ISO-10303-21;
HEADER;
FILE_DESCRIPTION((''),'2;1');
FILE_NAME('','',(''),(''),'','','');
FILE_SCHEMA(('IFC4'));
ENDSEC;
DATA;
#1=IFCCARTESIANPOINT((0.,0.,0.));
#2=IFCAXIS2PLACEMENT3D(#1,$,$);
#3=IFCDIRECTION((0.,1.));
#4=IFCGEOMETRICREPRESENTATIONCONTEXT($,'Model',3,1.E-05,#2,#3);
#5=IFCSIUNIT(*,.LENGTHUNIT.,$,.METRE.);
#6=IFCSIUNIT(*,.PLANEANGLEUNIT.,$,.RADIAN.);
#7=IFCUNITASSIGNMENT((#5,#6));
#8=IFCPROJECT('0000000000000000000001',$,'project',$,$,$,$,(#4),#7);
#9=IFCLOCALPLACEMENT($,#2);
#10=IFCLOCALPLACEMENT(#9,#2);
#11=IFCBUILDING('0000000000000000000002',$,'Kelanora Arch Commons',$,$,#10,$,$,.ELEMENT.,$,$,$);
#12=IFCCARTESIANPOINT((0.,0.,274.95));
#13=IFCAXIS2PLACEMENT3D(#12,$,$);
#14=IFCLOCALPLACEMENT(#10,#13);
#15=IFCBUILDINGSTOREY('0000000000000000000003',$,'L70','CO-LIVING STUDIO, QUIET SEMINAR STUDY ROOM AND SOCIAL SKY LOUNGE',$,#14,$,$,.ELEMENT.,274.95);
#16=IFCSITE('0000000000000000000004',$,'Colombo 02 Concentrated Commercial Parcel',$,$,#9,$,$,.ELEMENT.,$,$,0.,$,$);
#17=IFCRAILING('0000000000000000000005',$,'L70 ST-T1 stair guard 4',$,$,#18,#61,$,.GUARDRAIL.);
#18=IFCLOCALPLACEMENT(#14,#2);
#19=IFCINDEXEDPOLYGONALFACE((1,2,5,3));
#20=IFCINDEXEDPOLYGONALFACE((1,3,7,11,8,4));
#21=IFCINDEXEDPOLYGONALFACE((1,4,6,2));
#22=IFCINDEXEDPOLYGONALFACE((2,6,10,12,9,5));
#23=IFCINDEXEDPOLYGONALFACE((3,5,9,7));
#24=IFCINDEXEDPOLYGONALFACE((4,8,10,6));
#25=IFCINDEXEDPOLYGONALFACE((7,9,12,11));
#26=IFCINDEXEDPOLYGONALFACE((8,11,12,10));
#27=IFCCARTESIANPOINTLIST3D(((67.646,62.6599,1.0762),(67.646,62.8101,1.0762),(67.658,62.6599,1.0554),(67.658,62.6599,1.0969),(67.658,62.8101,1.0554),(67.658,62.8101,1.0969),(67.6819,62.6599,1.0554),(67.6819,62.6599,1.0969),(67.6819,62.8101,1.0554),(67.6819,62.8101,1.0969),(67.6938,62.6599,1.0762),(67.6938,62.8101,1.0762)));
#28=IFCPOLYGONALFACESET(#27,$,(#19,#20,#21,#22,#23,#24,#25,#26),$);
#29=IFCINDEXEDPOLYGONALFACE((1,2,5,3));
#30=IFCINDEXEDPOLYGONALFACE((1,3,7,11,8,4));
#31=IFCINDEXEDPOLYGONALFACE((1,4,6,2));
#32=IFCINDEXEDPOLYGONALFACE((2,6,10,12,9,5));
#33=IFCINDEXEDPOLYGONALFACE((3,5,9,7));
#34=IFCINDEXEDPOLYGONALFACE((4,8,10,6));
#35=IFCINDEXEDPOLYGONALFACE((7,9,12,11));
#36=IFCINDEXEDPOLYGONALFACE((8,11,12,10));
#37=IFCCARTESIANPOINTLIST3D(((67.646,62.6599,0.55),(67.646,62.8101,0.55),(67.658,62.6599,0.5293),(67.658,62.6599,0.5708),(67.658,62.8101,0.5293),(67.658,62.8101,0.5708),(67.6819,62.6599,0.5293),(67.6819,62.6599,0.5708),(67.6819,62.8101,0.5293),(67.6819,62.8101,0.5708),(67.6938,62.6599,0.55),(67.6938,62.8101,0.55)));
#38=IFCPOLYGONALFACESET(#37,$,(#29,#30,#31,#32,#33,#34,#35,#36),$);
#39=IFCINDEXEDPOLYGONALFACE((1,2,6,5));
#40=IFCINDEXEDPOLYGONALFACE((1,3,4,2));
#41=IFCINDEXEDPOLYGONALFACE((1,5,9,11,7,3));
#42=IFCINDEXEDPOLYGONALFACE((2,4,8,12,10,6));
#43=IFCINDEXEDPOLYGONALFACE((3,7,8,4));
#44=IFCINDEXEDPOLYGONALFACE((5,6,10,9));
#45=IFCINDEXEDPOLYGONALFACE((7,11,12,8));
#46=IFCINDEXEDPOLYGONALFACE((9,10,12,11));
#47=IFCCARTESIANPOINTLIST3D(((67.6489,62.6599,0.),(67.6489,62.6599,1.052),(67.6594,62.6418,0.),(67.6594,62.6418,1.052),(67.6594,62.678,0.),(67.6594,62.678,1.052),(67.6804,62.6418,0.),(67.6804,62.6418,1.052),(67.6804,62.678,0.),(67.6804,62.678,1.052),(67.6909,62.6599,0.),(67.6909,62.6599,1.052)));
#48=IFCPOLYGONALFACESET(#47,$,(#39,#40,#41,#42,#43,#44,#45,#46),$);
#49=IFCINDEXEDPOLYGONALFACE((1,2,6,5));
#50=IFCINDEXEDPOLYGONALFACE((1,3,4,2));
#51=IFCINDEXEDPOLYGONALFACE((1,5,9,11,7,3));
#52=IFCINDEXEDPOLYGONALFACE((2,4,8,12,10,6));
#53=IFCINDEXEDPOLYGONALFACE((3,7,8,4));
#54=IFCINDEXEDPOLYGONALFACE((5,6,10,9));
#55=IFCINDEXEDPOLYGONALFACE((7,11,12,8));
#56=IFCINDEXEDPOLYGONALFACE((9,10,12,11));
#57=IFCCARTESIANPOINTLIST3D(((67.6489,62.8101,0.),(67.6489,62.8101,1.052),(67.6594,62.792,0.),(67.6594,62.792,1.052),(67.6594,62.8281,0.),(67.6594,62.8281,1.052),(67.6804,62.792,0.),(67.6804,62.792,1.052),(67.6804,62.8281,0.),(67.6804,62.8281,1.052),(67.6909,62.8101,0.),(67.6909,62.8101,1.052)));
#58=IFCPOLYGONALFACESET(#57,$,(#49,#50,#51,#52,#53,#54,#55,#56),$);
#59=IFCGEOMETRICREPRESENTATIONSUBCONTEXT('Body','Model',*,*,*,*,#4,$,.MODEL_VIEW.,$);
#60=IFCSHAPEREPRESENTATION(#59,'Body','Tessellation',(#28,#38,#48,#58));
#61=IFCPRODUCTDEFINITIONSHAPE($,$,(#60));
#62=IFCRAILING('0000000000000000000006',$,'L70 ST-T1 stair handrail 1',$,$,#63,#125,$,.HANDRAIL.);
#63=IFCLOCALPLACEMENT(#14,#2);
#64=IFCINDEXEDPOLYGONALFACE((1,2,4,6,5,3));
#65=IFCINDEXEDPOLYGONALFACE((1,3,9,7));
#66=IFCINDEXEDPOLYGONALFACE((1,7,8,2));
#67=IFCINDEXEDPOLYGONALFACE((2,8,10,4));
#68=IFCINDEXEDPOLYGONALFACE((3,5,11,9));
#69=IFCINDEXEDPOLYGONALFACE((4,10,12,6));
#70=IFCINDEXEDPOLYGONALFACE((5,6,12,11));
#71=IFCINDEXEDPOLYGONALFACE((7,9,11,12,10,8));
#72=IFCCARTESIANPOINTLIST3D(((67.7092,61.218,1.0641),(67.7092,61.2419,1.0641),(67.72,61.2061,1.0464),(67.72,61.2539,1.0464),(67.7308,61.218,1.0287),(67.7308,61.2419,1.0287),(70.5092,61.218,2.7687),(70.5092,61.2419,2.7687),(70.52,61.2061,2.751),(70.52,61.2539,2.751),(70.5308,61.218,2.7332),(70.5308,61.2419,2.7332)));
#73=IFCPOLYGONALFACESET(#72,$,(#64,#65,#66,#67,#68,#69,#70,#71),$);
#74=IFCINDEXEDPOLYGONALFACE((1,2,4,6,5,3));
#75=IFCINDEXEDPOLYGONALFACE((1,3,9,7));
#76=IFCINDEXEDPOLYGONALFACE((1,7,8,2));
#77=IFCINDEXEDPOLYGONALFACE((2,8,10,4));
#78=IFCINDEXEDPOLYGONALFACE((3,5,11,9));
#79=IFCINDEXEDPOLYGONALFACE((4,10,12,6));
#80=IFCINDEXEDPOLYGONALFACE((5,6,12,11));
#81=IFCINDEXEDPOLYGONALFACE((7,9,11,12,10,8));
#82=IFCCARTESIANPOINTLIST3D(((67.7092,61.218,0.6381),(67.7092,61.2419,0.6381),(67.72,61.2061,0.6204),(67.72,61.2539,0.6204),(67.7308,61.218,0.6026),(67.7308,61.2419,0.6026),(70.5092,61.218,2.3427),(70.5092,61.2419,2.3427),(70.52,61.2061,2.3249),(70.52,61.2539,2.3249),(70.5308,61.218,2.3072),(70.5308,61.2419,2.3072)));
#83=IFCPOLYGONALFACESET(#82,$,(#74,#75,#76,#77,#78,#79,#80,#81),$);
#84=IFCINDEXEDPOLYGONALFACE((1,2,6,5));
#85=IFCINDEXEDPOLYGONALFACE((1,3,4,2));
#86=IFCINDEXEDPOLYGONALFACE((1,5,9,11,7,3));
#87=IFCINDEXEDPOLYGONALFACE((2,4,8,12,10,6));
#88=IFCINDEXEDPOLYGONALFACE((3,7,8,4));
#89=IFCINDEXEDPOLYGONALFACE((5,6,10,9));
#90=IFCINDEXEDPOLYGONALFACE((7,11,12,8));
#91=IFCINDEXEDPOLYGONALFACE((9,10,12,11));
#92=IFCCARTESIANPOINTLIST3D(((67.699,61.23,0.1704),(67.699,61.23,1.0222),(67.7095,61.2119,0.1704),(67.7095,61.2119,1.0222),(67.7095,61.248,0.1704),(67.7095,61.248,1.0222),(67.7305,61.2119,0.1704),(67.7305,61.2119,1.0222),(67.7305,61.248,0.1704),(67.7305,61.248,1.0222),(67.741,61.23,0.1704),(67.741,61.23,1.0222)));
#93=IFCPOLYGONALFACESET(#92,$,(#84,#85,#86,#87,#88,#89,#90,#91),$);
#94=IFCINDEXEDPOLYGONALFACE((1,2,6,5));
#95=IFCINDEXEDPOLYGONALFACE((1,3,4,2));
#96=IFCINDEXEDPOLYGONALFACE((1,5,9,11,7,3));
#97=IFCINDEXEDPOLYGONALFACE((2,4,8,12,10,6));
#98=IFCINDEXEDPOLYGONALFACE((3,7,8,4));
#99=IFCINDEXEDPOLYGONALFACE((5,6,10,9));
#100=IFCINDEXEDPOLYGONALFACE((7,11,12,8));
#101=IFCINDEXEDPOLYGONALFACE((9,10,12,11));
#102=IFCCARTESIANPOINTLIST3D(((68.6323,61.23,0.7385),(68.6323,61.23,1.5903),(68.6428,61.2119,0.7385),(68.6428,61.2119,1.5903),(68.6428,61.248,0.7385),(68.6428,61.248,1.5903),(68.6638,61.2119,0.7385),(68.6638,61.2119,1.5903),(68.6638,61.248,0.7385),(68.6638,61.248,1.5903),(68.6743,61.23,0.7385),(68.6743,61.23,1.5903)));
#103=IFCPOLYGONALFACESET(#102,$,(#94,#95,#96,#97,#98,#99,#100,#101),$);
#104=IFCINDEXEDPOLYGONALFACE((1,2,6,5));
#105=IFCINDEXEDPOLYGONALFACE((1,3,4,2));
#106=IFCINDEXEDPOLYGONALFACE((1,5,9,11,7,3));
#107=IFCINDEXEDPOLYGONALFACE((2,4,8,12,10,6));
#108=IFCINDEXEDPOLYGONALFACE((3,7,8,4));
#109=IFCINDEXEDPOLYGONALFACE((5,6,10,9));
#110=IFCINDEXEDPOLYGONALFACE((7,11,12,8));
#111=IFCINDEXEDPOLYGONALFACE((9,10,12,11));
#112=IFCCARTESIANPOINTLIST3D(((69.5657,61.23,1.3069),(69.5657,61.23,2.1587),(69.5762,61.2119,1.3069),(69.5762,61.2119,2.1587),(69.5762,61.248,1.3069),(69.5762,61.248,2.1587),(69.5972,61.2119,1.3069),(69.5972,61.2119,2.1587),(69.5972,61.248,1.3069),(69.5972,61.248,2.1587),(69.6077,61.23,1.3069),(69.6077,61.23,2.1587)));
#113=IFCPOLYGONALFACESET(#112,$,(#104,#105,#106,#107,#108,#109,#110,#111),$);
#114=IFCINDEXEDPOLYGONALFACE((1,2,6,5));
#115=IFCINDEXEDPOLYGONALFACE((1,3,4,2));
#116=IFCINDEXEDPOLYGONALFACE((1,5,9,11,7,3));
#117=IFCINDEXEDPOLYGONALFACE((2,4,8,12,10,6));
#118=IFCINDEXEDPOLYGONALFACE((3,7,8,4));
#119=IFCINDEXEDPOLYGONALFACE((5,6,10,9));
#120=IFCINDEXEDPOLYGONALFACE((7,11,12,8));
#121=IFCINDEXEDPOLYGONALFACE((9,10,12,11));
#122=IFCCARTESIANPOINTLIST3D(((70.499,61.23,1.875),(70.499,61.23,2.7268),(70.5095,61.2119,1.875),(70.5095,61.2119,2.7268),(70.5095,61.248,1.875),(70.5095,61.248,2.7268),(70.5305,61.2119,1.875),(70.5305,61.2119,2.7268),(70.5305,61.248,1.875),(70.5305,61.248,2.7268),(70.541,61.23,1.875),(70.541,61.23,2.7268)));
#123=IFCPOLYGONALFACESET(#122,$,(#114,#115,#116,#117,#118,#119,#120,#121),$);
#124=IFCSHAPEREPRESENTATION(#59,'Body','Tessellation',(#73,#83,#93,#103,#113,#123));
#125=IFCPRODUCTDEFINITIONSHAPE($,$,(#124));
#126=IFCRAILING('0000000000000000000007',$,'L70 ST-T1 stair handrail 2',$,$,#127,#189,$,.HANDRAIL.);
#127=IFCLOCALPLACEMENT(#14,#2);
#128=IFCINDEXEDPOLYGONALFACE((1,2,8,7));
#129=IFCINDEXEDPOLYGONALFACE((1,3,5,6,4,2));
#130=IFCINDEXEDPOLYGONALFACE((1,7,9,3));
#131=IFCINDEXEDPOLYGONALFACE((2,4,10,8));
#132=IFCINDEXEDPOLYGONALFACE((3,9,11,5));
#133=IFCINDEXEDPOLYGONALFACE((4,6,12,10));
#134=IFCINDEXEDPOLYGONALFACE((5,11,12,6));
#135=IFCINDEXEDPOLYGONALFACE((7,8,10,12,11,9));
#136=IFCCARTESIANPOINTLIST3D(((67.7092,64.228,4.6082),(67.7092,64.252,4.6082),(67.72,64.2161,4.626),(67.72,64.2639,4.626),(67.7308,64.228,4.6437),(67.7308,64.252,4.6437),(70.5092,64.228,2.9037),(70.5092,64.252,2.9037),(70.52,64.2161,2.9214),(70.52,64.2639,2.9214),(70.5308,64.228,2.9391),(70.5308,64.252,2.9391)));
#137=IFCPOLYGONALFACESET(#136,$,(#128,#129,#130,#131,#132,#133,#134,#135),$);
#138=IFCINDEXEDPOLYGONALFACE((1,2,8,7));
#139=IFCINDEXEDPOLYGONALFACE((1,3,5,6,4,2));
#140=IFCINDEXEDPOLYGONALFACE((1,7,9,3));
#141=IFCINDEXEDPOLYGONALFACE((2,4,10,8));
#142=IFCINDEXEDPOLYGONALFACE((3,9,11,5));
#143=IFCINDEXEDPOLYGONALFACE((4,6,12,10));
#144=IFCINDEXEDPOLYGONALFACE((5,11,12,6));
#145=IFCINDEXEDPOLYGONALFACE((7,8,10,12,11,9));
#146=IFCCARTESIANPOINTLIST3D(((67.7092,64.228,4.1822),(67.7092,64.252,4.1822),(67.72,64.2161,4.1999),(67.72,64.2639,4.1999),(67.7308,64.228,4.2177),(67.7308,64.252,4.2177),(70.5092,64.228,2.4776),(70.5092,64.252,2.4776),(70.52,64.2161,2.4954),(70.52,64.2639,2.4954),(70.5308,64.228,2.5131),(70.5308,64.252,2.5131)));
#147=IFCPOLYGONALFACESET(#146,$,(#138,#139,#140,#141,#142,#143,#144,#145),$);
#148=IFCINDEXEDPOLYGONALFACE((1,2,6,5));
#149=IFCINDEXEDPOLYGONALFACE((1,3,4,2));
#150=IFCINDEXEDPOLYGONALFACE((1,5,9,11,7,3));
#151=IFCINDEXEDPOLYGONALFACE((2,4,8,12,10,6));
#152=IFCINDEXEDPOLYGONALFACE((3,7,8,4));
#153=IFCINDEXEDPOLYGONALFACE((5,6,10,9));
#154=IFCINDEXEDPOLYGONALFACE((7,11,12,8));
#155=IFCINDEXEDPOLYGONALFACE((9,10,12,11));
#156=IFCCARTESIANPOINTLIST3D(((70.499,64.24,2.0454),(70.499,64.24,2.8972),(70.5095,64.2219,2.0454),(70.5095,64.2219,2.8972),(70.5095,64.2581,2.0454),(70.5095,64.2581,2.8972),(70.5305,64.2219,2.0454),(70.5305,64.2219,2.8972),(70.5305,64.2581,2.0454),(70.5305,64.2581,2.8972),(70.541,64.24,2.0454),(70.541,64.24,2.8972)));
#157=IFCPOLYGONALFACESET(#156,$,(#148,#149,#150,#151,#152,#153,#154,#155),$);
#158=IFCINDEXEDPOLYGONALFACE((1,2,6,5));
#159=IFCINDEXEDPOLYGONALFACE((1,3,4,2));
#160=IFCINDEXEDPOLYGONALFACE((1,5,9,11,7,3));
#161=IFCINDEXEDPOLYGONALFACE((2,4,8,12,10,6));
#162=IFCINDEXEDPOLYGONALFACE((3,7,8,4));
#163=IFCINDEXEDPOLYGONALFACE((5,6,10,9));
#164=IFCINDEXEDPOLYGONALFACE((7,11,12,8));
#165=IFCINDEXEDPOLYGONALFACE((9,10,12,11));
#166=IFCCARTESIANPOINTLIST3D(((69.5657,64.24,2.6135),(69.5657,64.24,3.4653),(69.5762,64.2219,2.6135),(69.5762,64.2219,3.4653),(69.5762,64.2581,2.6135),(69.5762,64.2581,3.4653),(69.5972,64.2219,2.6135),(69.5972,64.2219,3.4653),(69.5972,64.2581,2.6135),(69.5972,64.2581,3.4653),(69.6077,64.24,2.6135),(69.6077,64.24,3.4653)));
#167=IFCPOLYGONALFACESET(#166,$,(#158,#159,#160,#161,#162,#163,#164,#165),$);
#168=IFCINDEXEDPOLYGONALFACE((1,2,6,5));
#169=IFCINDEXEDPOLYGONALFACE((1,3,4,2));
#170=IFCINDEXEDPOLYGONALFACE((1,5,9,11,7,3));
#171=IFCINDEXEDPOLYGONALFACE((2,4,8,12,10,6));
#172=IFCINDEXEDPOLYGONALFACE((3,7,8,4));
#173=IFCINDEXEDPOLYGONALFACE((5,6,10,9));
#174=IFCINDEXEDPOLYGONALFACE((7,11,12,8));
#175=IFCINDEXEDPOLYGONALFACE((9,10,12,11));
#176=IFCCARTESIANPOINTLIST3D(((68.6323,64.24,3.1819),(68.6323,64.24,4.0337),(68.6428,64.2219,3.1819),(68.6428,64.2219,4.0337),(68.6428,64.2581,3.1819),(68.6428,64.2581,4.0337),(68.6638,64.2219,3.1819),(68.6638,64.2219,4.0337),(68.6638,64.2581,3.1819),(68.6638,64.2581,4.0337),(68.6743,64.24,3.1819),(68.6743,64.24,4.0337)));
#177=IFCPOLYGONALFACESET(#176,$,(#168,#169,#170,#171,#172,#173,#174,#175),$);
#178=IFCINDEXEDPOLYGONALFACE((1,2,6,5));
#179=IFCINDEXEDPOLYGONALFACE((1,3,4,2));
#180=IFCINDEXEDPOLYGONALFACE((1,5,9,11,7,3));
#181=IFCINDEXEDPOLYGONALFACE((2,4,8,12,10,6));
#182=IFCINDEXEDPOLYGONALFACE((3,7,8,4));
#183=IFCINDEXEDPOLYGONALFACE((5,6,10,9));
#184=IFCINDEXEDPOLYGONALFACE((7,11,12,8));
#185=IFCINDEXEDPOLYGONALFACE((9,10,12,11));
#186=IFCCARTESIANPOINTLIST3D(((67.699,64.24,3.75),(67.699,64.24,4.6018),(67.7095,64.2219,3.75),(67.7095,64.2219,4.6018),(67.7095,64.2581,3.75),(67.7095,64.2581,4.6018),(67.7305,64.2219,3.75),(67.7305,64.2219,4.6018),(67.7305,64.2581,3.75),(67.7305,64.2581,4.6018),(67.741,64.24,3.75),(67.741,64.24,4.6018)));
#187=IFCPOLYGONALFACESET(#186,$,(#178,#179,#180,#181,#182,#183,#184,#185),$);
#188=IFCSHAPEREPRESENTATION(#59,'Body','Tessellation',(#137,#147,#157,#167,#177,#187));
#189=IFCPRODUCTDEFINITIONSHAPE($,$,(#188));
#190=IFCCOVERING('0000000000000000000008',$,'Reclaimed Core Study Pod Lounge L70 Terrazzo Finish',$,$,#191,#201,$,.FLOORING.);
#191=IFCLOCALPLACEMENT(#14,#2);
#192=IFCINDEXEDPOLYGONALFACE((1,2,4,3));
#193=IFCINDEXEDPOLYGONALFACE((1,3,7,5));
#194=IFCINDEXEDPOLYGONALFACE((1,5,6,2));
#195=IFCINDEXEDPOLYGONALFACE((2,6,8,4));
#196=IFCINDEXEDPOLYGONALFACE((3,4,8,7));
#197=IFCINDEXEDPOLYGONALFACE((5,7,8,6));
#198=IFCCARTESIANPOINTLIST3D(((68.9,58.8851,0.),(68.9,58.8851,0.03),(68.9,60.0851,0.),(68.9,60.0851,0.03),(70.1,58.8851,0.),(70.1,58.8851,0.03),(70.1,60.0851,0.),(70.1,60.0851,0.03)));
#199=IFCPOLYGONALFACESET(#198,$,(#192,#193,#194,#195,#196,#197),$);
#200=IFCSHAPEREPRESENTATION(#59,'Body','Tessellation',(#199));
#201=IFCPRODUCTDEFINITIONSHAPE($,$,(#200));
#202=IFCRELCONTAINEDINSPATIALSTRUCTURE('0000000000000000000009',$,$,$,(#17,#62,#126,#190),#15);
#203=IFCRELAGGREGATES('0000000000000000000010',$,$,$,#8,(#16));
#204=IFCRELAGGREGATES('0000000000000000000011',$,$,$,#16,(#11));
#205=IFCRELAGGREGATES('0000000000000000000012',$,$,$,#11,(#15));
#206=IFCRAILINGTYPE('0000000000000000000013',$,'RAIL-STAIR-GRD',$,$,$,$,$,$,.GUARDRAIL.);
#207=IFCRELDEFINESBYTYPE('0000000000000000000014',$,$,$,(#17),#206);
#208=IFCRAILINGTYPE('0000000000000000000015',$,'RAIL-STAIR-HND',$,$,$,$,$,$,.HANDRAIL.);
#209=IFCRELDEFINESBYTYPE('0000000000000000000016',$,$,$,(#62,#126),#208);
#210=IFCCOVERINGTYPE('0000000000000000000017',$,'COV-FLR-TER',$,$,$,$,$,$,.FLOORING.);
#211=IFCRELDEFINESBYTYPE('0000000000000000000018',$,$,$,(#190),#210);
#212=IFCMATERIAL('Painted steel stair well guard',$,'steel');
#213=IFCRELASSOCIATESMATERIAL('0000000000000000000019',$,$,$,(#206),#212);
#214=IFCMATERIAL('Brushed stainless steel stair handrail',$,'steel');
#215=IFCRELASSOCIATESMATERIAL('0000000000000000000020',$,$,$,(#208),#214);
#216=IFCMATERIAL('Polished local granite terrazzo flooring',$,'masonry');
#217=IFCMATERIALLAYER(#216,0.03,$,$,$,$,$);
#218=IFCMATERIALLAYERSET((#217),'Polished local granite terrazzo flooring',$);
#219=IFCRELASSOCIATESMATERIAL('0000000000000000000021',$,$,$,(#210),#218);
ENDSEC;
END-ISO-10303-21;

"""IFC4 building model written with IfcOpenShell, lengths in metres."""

from ifc_helpers import new_model, si_unit, direction, frame, origin, origin_2d, place, context, subcontext, project, spatial, polyline, rectangle, outline, extrude, source, transform, mapped, material, layer, layer_set, type_object, element, save


model = new_model("IFC4")

# Units and contexts
model_context = context("Model", 3, precision=1e-05, world=origin(), true_north=direction((0.0, 1.0)))
body_context = subcontext(model_context, "Body", "Model", "MODEL_VIEW")
ifc_project = project(units=[si_unit("LENGTHUNIT", "METRE"), si_unit("PLANEANGLEUNIT", "RADIAN")], contexts=[model_context])

# Site, building, storey
site_placement = place(None, origin())
site = spatial("IfcSite", under=ifc_project, at=site_placement, Name="Colombo 02 Concentrated Commercial Parcel", CompositionType="ELEMENT", RefElevation=0.0)
building_placement = place(site_placement, origin())
building = spatial("IfcBuilding", under=site, at=building_placement, Name="Kelanora Arch Commons", CompositionType="ELEMENT")
storey_placement = place(building_placement, frame((0.0, 0.0, 274.95)))
storey = spatial("IfcBuildingStorey", under=building, at=storey_placement, Name="L70", Description="CO-LIVING STUDIO, QUIET SEMINAR STUDY ROOM AND SOCIAL SKY LOUNGE", CompositionType="ELEMENT", Elevation=274.95)

# Railings
ifc_material_1 = material(Name="Painted steel stair well guard", Category="steel")
railing_type_1 = type_object("IfcRailingType", Name="RAIL-STAIR-GRD", PredefinedType="GUARDRAIL", material=ifc_material_1)
railing_1_placement = place(storey_placement, frame((67.6699, 62.6599, 0.0)))
element("IfcRailing", 1, at=railing_1_placement, inside=storey, type_object=railing_type_1, Name="L70 ST-T1 stair guard 4", PredefinedType="GUARDRAIL", context=body_context, shape_type="SweptSolid", body=[
    extrude(outline(polyline([(0.0239, 0.0), (0.012, 0.0208), (-0.012, 0.0208), (-0.0239, 0.0), (-0.012, -0.0208), (0.012, -0.0208), (0.0239, 0.0)])), frame((0.0, 0.0, 1.0762), z_axis=(0.0, 1.0, 0.0), x_axis=(-1.0, 0.0, 0.0)), (0.0, 0.0, 1.0), 0.1501),
    extrude(outline(polyline([(0.0239, 0.0), (0.012, 0.0208), (-0.012, 0.0208), (-0.0239, 0.0), (-0.012, -0.0208), (0.012, -0.0208), (0.0239, 0.0)])), frame((0.0, 0.0, 0.55), z_axis=(0.0, 1.0, 0.0), x_axis=(-1.0, 0.0, 0.0)), (0.0, 0.0, 1.0), 0.1501),
    extrude(outline(polyline([(0.021, 0.0), (0.0105, 0.0181), (-0.0105, 0.0181), (-0.021, 0.0), (-0.0105, -0.0181), (0.0105, -0.0181), (0.021, 0.0)])), origin(), (0.0, 0.0, 1.0), 1.052),
    extrude(outline(polyline([(0.021, 0.0), (0.0105, 0.0181), (-0.0105, 0.0181), (-0.021, 0.0), (-0.0105, -0.0181), (0.0105, -0.0181), (0.021, 0.0)])), frame((0.0, 0.1501, 0.0)), (0.0, 0.0, 1.0), 1.052),
])
ifc_material_2 = material(Name="Brushed stainless steel stair handrail", Category="steel")
railing_type_2 = type_object("IfcRailingType", Name="RAIL-STAIR-HND", PredefinedType="HANDRAIL", material=ifc_material_2)
railing_2_placement = place(storey_placement, frame((67.72, 61.23, 0.1704)))
element("IfcRailing", 2, at=railing_2_placement, inside=storey, type_object=railing_type_2, Name="L70 ST-T1 stair handrail 1", PredefinedType="HANDRAIL", context=body_context, shape_type="SweptSolid", body=[
    extrude(outline(polyline([(0.0239, 0.0), (0.012, 0.0208), (-0.012, 0.0208), (-0.0239, 0.0), (-0.012, -0.0208), (0.012, -0.0208), (0.0239, 0.0)])), frame((0.0, 0.0, 0.876), z_axis=(0.85417, 0.0, 0.519994), x_axis=(0.0, 1.0, 0.0)), (0.0, 0.0, 1.0), 3.2781),
    extrude(outline(polyline([(0.0239, 0.0), (0.012, 0.0208), (-0.012, 0.0208), (-0.0239, 0.0), (-0.012, -0.0208), (0.012, -0.0208), (0.0239, 0.0)])), frame((0.0, 0.0, 0.45), z_axis=(0.85417, 0.0, 0.519994), x_axis=(0.0, 1.0, 0.0)), (0.0, 0.0, 1.0), 3.2781),
    extrude(outline(polyline([(0.021, 0.0), (0.0105, 0.0181), (-0.0105, 0.0181), (-0.021, 0.0), (-0.0105, -0.0181), (0.0105, -0.0181), (0.021, 0.0)])), origin(), (0.0, 0.0, 1.0), 0.8518),
    extrude(outline(polyline([(0.021, 0.0), (0.0105, 0.0181), (-0.0105, 0.0181), (-0.021, 0.0), (-0.0105, -0.0181), (0.0105, -0.0181), (0.021, 0.0)])), frame((0.9333, 0.0, 0.5681)), (0.0, 0.0, 1.0), 0.8518),
    extrude(outline(polyline([(0.021, 0.0), (0.0105, 0.0181), (-0.0105, 0.0181), (-0.021, 0.0), (-0.0105, -0.0181), (0.0105, -0.0181), (0.021, 0.0)])), frame((1.8667, 0.0, 1.1365)), (0.0, 0.0, 1.0), 0.8518),
    extrude(outline(polyline([(0.021, 0.0), (0.0105, 0.0181), (-0.0105, 0.0181), (-0.021, 0.0), (-0.0105, -0.0181), (0.0105, -0.0181), (0.021, 0.0)])), frame((2.8, 0.0, 1.7046)), (0.0, 0.0, 1.0), 0.8518),
])
railing_3_placement = place(storey_placement, frame((70.52, 64.24, 2.0454)))
element("IfcRailing", 3, at=railing_3_placement, inside=storey, type_object=railing_type_2, Name="L70 ST-T1 stair handrail 2", PredefinedType="HANDRAIL", context=body_context, shape_type="SweptSolid", body=[
    extrude(outline(polyline([(0.0239, 0.0), (0.012, 0.0208), (-0.012, 0.0208), (-0.0239, 0.0), (-0.012, -0.0208), (0.012, -0.0208), (0.0239, 0.0)])), frame((0.0, 0.0, 0.876), z_axis=(-0.85417, 0.0, 0.519994), x_axis=(0.0, -1.0, 0.0)), (0.0, 0.0, 1.0), 3.2781),
    extrude(outline(polyline([(0.0239, 0.0), (0.012, 0.0208), (-0.012, 0.0208), (-0.0239, 0.0), (-0.012, -0.0208), (0.012, -0.0208), (0.0239, 0.0)])), frame((0.0, 0.0, 0.45), z_axis=(-0.85417, 0.0, 0.519994), x_axis=(0.0, -1.0, 0.0)), (0.0, 0.0, 1.0), 3.2781),
    extrude(outline(polyline([(0.021, 0.0), (0.0105, 0.0181), (-0.0105, 0.0181), (-0.021, 0.0), (-0.0105, -0.0181), (0.0105, -0.0181), (0.021, 0.0)])), origin(), (0.0, 0.0, 1.0), 0.8518),
    extrude(outline(polyline([(0.021, 0.0), (0.0105, 0.0181), (-0.0105, 0.0181), (-0.021, 0.0), (-0.0105, -0.0181), (0.0105, -0.0181), (0.021, 0.0)])), frame((-0.9333, 0.0, 0.5681)), (0.0, 0.0, 1.0), 0.8518),
    extrude(outline(polyline([(0.021, 0.0), (0.0105, 0.0181), (-0.0105, 0.0181), (-0.021, 0.0), (-0.0105, -0.0181), (0.0105, -0.0181), (0.021, 0.0)])), frame((-1.8667, 0.0, 1.1365)), (0.0, 0.0, 1.0), 0.8518),
    extrude(outline(polyline([(0.021, 0.0), (0.0105, 0.0181), (-0.0105, 0.0181), (-0.021, 0.0), (-0.0105, -0.0181), (0.0105, -0.0181), (0.021, 0.0)])), frame((-2.8, 0.0, 1.7046)), (0.0, 0.0, 1.0), 0.8518),
])

# Covering
ifc_material_3 = material(Name="Polished local granite terrazzo flooring", Category="masonry")
ifc_layer_1 = layer(ifc_material_3, 0.03)
ifc_layer_set_1 = layer_set([ifc_layer_1], Name="Polished local granite terrazzo flooring")
covering_type = type_object("IfcCoveringType", Name="COV-FLR-TER", PredefinedType="FLOORING", material=ifc_layer_set_1)
shared_shape = source(origin(), body_context, "Body", "SweptSolid", [
    extrude(rectangle(XDim=1.2, YDim=1.2, at=origin_2d()), origin(), (0.0, 0.0, 1.0), 0.03),
])
covering_placement = place(storey_placement, frame((69.5, 59.4851, 0.0), z_axis=(0.0, 0.0, 1.0), x_axis=(1.0, 0.0, 0.0)))
element("IfcCovering", 4, at=covering_placement, inside=storey, type_object=covering_type, Name="Reclaimed Core Study Pod Lounge L70 Terrazzo Finish", PredefinedType="FLOORING", context=body_context, shape_type="MappedRepresentation", body=[
    mapped(shared_shape, transform((0.0, 0.0, 0.0), scale=1.0)),
])

save(model, "model.ifc")
